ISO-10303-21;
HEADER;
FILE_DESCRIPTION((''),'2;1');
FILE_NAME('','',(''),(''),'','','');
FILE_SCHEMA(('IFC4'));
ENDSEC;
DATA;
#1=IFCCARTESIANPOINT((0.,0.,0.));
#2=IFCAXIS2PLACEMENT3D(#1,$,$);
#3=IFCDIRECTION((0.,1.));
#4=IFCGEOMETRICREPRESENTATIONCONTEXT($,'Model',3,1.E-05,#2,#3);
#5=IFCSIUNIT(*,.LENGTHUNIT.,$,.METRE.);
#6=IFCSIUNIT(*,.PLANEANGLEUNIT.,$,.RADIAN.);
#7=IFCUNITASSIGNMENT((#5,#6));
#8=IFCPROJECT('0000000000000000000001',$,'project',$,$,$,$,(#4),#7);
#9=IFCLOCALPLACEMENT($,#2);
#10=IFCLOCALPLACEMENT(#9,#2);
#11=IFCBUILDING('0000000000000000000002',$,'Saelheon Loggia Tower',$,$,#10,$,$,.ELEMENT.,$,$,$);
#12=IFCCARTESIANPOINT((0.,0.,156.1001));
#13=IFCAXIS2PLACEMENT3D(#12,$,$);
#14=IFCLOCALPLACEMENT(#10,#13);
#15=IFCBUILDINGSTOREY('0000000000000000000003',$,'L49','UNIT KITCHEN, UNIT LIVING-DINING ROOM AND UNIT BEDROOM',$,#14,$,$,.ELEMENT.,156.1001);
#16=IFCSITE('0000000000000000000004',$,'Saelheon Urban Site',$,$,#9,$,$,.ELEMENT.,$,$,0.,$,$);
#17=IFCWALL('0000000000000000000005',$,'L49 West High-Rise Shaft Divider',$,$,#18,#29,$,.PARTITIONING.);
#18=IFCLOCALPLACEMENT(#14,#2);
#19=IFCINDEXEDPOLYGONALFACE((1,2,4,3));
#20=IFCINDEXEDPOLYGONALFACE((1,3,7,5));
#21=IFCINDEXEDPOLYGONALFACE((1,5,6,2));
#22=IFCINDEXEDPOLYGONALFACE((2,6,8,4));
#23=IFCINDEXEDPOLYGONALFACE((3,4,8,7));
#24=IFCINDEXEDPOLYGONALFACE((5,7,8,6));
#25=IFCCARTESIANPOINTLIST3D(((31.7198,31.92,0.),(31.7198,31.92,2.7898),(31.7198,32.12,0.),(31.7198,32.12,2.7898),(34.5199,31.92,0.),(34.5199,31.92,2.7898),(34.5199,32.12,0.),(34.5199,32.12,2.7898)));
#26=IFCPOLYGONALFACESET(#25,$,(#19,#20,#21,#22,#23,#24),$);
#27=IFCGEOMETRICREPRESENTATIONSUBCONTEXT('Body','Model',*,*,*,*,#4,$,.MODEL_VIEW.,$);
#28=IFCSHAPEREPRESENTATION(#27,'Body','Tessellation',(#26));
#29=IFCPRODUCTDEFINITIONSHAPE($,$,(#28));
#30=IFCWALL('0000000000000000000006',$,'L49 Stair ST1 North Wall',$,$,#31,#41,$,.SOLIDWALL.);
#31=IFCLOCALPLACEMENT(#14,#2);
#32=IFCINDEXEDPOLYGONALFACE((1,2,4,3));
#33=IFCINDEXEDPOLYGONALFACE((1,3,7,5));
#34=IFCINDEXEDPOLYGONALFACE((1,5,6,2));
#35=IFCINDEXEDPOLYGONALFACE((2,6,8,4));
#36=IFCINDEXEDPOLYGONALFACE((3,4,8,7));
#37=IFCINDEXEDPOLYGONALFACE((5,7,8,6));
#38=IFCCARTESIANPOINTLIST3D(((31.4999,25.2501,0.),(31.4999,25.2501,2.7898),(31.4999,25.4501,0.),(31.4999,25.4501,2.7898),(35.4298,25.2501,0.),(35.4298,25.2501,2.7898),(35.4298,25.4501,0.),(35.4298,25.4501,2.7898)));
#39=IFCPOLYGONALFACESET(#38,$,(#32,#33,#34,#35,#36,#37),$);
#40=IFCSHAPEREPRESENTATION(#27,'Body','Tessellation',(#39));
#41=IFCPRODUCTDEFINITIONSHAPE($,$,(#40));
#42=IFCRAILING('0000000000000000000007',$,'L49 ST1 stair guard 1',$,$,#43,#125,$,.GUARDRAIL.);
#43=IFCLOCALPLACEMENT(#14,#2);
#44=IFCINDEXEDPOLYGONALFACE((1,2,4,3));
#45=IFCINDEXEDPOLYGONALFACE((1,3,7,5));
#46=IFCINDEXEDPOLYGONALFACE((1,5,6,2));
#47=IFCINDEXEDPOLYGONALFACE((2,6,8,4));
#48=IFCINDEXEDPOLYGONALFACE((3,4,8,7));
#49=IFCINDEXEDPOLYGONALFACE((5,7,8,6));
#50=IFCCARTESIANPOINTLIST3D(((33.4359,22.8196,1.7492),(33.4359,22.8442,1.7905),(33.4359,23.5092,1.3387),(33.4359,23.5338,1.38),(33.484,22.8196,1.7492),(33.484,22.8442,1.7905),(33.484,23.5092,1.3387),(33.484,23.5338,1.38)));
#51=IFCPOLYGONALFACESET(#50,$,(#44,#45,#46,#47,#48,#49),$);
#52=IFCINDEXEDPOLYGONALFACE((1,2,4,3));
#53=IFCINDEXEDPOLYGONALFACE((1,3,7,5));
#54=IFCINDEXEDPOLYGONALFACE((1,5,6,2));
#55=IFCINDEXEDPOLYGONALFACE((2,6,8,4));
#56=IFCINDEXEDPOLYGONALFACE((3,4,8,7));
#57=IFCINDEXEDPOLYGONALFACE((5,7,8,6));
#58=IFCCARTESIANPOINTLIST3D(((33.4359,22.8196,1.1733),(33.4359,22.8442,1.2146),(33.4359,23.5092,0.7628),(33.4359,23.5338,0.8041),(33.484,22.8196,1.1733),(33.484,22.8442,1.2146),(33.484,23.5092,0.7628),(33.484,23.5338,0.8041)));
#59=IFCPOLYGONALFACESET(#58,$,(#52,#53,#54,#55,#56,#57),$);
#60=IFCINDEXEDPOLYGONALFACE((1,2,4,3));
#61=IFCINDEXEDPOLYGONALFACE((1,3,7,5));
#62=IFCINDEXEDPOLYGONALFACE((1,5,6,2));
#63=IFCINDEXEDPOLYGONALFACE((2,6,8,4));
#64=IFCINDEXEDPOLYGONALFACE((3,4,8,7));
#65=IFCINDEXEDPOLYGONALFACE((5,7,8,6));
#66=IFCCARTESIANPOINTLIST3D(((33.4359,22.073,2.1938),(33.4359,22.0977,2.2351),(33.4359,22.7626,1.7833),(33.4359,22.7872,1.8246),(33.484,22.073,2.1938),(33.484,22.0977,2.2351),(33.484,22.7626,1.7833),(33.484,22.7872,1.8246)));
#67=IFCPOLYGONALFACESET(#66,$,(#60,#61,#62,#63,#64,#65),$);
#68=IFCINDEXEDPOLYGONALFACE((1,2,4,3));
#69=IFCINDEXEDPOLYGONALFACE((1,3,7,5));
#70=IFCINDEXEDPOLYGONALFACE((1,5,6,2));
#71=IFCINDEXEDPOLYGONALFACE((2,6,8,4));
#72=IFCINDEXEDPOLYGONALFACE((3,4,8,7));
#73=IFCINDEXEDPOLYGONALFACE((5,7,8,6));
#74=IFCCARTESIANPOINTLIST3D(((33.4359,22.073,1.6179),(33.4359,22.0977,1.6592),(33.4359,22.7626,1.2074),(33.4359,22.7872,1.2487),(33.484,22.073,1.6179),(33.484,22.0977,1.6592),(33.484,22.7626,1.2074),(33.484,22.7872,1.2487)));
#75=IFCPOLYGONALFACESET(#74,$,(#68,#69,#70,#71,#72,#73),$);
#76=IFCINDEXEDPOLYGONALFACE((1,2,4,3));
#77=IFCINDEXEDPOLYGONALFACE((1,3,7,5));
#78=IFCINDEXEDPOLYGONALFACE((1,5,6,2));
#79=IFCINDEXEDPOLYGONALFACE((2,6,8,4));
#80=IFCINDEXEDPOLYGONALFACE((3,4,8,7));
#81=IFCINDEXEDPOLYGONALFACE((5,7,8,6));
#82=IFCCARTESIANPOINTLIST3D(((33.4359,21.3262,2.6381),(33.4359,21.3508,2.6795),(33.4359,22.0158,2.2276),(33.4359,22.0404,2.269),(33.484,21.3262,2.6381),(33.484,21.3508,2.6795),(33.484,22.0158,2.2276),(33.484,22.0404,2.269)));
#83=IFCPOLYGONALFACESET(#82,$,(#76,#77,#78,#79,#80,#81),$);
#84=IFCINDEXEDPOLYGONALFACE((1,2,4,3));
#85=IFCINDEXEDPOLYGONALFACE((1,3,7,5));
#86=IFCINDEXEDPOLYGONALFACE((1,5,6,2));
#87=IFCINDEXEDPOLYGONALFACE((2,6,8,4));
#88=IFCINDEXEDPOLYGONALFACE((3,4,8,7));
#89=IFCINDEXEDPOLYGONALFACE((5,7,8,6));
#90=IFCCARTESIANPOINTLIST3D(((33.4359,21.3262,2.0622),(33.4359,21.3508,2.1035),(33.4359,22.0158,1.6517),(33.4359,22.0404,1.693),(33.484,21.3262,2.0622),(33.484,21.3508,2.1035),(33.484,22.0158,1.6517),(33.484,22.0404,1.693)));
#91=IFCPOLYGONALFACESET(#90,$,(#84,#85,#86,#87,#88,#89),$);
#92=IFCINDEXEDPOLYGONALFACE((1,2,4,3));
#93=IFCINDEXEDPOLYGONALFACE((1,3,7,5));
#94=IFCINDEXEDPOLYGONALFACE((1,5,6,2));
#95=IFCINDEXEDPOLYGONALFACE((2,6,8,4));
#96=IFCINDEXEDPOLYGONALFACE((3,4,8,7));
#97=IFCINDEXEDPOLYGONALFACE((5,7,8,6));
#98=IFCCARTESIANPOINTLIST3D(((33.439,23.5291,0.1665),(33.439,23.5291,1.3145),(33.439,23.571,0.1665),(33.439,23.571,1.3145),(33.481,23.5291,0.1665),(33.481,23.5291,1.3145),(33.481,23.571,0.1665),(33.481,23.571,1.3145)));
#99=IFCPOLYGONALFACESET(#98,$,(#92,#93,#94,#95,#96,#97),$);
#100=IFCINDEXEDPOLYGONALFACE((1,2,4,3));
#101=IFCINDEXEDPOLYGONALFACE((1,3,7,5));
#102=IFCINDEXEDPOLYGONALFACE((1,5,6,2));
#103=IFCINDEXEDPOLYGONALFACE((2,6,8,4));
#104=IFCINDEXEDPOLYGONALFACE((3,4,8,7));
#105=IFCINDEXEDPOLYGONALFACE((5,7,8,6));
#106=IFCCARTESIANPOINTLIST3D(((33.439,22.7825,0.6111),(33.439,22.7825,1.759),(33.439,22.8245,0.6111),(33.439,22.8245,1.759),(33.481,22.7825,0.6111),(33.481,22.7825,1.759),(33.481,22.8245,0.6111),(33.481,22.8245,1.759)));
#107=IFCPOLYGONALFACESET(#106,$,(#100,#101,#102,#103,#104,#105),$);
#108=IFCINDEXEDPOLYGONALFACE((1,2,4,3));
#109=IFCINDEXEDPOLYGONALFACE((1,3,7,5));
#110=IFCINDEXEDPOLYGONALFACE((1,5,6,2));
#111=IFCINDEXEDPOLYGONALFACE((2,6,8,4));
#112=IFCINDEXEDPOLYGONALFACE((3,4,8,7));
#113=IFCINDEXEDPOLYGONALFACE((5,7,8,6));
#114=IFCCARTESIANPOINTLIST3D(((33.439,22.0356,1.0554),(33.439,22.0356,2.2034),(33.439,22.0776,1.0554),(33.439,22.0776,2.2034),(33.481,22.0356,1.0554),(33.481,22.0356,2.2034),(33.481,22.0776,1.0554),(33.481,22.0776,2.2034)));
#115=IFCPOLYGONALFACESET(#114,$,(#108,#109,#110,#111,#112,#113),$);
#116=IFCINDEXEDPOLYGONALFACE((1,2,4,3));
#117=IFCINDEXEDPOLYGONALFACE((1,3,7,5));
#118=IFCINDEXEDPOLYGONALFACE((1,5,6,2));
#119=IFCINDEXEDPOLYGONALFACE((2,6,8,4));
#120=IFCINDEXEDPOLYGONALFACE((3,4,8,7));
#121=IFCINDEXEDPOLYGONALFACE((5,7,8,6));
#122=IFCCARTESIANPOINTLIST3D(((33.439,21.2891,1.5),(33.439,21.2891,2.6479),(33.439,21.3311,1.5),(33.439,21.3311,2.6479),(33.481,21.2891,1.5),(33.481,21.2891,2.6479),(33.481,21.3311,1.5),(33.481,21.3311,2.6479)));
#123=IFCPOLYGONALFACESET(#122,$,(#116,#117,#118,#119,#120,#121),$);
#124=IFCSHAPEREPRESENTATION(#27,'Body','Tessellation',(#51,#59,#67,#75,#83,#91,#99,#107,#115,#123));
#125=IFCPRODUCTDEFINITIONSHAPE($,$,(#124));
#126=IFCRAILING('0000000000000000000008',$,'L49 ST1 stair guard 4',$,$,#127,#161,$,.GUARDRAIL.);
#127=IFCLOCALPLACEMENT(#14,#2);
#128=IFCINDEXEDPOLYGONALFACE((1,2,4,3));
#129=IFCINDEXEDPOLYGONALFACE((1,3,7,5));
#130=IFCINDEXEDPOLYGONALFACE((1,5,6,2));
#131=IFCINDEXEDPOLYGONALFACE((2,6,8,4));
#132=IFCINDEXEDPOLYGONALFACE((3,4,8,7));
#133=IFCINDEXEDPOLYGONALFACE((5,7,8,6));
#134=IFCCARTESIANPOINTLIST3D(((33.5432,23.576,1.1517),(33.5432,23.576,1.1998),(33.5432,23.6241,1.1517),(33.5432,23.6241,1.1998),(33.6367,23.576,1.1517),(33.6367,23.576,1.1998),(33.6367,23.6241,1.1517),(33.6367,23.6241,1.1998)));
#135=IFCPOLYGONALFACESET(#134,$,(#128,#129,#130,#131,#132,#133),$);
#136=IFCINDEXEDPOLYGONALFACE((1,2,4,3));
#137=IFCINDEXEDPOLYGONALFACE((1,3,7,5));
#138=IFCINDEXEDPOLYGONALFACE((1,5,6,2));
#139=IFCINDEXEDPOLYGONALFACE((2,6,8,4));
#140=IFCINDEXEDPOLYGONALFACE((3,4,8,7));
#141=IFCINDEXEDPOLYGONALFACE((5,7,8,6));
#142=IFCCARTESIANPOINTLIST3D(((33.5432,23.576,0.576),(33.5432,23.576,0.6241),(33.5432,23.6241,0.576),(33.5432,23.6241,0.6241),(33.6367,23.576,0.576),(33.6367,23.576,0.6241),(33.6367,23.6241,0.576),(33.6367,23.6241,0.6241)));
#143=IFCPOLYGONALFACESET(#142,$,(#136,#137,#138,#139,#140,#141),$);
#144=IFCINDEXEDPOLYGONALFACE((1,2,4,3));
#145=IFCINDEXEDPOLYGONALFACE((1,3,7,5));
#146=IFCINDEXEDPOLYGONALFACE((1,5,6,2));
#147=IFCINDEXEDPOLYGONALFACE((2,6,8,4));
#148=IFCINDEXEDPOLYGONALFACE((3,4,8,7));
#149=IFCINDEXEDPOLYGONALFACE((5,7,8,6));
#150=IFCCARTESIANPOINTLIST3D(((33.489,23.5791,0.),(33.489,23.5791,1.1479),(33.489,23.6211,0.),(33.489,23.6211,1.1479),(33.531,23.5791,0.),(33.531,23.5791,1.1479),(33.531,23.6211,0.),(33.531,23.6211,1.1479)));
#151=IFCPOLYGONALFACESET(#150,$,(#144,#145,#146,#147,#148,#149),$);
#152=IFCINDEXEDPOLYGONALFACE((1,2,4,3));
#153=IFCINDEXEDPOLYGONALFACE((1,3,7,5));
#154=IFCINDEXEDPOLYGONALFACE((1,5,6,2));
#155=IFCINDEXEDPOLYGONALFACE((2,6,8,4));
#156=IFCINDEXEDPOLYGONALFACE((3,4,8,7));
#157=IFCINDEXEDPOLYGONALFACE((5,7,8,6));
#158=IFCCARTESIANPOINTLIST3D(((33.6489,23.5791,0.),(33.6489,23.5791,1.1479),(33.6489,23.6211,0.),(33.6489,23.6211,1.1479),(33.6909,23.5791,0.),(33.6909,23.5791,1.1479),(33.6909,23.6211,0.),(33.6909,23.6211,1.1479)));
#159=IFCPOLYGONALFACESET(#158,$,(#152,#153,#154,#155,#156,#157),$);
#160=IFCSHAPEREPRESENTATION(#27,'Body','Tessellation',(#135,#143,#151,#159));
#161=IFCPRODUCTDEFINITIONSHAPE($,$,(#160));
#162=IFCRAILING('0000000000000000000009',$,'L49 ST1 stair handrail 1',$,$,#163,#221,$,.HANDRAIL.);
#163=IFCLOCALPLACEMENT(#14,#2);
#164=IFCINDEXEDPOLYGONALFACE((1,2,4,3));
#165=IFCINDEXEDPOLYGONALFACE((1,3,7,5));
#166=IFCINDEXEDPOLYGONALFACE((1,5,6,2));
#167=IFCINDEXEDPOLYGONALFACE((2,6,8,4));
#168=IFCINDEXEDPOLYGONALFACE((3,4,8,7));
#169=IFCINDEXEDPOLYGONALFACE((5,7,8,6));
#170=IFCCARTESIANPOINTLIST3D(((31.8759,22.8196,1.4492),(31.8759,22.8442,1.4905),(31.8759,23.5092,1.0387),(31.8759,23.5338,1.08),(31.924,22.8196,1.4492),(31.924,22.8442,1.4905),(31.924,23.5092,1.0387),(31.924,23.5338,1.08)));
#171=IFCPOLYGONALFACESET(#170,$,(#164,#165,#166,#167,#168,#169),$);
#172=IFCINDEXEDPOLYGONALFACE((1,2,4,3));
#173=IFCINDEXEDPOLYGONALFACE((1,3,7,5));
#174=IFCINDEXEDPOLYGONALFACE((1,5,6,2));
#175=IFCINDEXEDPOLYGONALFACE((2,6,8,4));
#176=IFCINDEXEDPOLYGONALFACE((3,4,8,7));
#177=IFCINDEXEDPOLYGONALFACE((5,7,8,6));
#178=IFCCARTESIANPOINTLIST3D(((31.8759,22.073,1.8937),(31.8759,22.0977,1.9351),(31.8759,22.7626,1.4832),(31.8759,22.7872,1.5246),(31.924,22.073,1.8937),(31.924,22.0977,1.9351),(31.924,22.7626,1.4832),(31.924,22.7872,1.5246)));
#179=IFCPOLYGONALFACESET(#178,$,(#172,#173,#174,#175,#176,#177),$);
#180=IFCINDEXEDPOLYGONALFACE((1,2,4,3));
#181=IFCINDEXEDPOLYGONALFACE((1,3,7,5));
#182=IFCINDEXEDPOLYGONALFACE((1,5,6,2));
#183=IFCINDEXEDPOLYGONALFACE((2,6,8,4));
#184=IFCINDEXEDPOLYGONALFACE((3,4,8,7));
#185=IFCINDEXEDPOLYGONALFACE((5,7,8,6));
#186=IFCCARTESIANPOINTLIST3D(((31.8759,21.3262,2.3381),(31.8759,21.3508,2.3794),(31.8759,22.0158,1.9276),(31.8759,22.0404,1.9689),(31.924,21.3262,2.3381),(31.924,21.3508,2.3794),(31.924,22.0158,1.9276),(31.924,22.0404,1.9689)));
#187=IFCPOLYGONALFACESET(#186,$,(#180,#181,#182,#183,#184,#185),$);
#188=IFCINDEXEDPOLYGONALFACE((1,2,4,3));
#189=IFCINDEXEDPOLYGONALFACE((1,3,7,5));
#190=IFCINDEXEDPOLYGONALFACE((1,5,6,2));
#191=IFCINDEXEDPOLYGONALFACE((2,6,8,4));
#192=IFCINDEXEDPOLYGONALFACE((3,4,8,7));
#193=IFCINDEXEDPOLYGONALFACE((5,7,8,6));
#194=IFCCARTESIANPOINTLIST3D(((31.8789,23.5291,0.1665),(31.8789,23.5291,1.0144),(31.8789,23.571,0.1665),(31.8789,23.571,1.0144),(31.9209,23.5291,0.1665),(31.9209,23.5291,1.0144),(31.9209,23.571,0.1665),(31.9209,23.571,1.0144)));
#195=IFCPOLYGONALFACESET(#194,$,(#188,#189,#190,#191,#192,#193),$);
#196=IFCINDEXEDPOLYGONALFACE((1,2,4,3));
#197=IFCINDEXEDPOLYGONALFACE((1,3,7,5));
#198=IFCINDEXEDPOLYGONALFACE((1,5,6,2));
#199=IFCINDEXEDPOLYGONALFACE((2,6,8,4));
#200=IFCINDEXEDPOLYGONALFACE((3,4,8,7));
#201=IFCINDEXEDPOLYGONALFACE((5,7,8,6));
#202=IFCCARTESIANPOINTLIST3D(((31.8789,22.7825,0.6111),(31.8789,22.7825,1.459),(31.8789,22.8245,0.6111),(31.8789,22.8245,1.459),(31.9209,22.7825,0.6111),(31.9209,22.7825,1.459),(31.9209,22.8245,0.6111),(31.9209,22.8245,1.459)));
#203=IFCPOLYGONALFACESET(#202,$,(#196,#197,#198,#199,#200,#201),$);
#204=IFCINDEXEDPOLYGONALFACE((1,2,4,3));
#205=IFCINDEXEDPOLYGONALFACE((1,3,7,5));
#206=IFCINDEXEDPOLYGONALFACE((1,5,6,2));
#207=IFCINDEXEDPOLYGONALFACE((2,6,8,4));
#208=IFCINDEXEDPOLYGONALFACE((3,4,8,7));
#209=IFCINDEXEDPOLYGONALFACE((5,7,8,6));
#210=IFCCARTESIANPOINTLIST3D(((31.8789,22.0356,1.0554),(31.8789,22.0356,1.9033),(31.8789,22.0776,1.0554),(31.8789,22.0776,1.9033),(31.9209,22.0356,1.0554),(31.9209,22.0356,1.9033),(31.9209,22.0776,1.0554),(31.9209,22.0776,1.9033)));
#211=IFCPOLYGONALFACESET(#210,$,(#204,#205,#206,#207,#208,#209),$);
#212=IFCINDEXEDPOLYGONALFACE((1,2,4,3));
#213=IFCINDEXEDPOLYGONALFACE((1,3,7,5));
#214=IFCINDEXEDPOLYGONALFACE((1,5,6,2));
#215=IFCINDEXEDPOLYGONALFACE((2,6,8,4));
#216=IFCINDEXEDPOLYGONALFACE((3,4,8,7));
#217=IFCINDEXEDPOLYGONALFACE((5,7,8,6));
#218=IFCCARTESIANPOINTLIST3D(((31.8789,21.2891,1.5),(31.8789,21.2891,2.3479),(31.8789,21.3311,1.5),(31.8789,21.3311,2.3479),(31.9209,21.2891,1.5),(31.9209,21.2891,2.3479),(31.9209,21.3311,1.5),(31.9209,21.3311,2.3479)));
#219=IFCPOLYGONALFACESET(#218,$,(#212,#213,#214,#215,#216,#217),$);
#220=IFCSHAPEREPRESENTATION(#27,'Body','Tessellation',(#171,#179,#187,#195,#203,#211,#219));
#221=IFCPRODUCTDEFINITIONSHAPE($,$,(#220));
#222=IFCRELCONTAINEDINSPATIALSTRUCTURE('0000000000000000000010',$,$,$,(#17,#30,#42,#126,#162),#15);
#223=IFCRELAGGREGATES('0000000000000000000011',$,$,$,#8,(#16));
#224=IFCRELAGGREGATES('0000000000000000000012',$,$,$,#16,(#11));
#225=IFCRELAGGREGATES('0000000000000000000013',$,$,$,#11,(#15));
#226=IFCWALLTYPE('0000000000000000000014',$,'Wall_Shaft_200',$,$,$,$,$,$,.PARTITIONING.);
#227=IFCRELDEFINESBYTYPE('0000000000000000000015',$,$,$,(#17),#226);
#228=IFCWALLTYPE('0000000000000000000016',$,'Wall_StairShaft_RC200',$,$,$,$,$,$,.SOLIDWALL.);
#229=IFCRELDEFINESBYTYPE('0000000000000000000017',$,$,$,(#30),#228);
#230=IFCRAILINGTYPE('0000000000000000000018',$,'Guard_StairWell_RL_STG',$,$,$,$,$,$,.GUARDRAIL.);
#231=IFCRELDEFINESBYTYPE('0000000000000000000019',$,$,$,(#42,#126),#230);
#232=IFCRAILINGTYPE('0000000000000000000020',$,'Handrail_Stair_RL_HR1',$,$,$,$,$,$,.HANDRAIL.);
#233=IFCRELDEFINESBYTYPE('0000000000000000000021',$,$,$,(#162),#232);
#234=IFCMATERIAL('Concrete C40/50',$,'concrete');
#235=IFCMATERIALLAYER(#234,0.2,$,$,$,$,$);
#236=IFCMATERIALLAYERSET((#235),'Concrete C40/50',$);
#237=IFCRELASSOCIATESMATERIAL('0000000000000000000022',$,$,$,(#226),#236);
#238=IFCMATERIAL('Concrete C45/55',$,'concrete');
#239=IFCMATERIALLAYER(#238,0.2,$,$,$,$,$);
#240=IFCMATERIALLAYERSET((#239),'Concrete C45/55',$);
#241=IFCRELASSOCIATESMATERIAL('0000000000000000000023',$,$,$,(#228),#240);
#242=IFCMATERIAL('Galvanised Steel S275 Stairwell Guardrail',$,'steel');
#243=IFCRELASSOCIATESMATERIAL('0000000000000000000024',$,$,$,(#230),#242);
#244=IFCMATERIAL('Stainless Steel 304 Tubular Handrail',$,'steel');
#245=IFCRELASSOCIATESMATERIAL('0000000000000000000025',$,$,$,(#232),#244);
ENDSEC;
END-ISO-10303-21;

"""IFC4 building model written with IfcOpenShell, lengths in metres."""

from ifc_helpers import new_model, si_unit, direction, frame, frame_2d, origin, origin_2d, place, context, subcontext, project, spatial, rectangle, extrude, material, layer, layer_set, type_object, element, save


model = new_model("IFC4")

# Units and contexts
model_context = context("Model", 3, precision=1e-05, world=origin(), true_north=direction((0.0, 1.0)))
body_context = subcontext(model_context, "Body", "Model", "MODEL_VIEW")
ifc_project = project(units=[si_unit("LENGTHUNIT", "METRE"), si_unit("PLANEANGLEUNIT", "RADIAN")], contexts=[model_context])

# Site, building, storey
site_placement = place(None, origin())
site = spatial("IfcSite", under=ifc_project, at=site_placement, Name="Saelheon Urban Site", CompositionType="ELEMENT", RefElevation=0.0)
building_placement = place(site_placement, origin())
building = spatial("IfcBuilding", under=site, at=building_placement, Name="Saelheon Loggia Tower", CompositionType="ELEMENT")
storey_placement = place(building_placement, frame((0.0, 0.0, 156.1001)))
storey = spatial("IfcBuildingStorey", under=building, at=storey_placement, Name="L49", Description="UNIT KITCHEN, UNIT LIVING-DINING ROOM AND UNIT BEDROOM", CompositionType="ELEMENT", Elevation=156.1001)

# Shared definitions
ifc_material_1 = material(Name="Concrete C40/50", Category="concrete")
ifc_layer_1 = layer(ifc_material_1, 0.2)
ifc_layer_set_1 = layer_set([ifc_layer_1], Name="Concrete C40/50")
wall_type_1 = type_object("IfcWallType", Name="Wall_Shaft_200", PredefinedType="PARTITIONING", material=ifc_layer_set_1)

# Walls
wall_1_placement = place(storey_placement, frame((31.72, 32.02, 0.0), z_axis=(0.0, 0.0, 1.0), x_axis=(1.0, 0.0, 0.0)))
element("IfcWall", 1, at=wall_1_placement, inside=storey, type_object=wall_type_1, Name="L49 West High-Rise Shaft Divider", PredefinedType="PARTITIONING", context=body_context, shape_type="SweptSolid", body=[
    extrude(rectangle(XDim=2.8, YDim=0.2, at=frame_2d((1.3999, 0.0))), origin(), (0.0, 0.0, 1.0), 2.7898),
])
ifc_material_2 = material(Name="Concrete C45/55", Category="concrete")
ifc_layer_2 = layer(ifc_material_2, 0.2)
ifc_layer_set_2 = layer_set([ifc_layer_2], Name="Concrete C45/55")
wall_type_2 = type_object("IfcWallType", Name="Wall_StairShaft_RC200", PredefinedType="SOLIDWALL", material=ifc_layer_set_2)
wall_2_placement = place(storey_placement, frame((31.5, 25.3501, 0.0), z_axis=(0.0, 0.0, 1.0), x_axis=(1.0, 0.0, 0.0)))
element("IfcWall", 2, at=wall_2_placement, inside=storey, type_object=wall_type_2, Name="L49 Stair ST1 North Wall", PredefinedType="SOLIDWALL", context=body_context, shape_type="SweptSolid", body=[
    extrude(rectangle(XDim=3.9299, YDim=0.2, at=frame_2d((1.9648, 0.0))), origin(), (0.0, 0.0, 1.0), 2.7898),
])

# Railings
ifc_material_3 = material(Name="Galvanised Steel S275 Stairwell Guardrail", Category="steel")
railing_type_1 = type_object("IfcRailingType", Name="Guard_StairWell_RL_STG", PredefinedType="GUARDRAIL", material=ifc_material_3)
railing_1_placement = place(storey_placement, frame((33.46, 23.55, 0.1665)))
element("IfcRailing", 3, at=railing_1_placement, inside=storey, type_object=railing_type_1, Name="L49 ST1 stair guard 1", PredefinedType="GUARDRAIL", context=body_context, shape_type="SweptSolid", body=[
    extrude(rectangle(XDim=0.0481, YDim=0.0481, at=origin_2d()), frame((0.0, -0.0286, 1.1929), z_axis=(0.0, -0.859264, 0.511532), x_axis=(1.0, 0.0, 0.0)), (0.0, 0.0, 1.0), 0.8025),
    extrude(rectangle(XDim=0.0481, YDim=0.0481, at=origin_2d()), frame((0.0, -0.0286, 0.6169), z_axis=(0.0, -0.859264, 0.511532), x_axis=(1.0, 0.0, 0.0)), (0.0, 0.0, 1.0), 0.8025),
    extrude(rectangle(XDim=0.0481, YDim=0.0481, at=origin_2d()), frame((0.0, -0.7751, 1.6375), z_axis=(0.0, -0.859264, 0.511532), x_axis=(1.0, 0.0, 0.0)), (0.0, 0.0, 1.0), 0.8025),
    extrude(rectangle(XDim=0.0481, YDim=0.0481, at=origin_2d()), frame((0.0, -0.7751, 1.0615), z_axis=(0.0, -0.859264, 0.511532), x_axis=(1.0, 0.0, 0.0)), (0.0, 0.0, 1.0), 0.8025),
    extrude(rectangle(XDim=0.0481, YDim=0.0481, at=origin_2d()), frame((0.0, -1.522, 2.0818), z_axis=(0.0, -0.859264, 0.511532), x_axis=(1.0, 0.0, 0.0)), (0.0, 0.0, 1.0), 0.8025),
    extrude(rectangle(XDim=0.0481, YDim=0.0481, at=origin_2d()), frame((0.0, -1.522, 1.5059), z_axis=(0.0, -0.859264, 0.511532), x_axis=(1.0, 0.0, 0.0)), (0.0, 0.0, 1.0), 0.8025),
    extrude(rectangle(XDim=0.042, YDim=0.042, at=origin_2d()), origin(), (0.0, 0.0, 1.0), 1.1479),
    extrude(rectangle(XDim=0.042, YDim=0.042, at=origin_2d()), frame((0.0, -0.7466, 0.4446)), (0.0, 0.0, 1.0), 1.1479),
    extrude(rectangle(XDim=0.042, YDim=0.042, at=origin_2d()), frame((0.0, -1.4934, 0.8889)), (0.0, 0.0, 1.0), 1.1479),
    extrude(rectangle(XDim=0.042, YDim=0.042, at=origin_2d()), frame((0.0, -2.24, 1.3335)), (0.0, 0.0, 1.0), 1.1479),
])
railing_2_placement = place(storey_placement, frame((33.51, 23.6001, 0.0)))
element("IfcRailing", 4, at=railing_2_placement, inside=storey, type_object=railing_type_1, Name="L49 ST1 stair guard 4", PredefinedType="GUARDRAIL", context=body_context, shape_type="SweptSolid", body=[
    extrude(rectangle(XDim=0.0481, YDim=0.0481, at=origin_2d()), frame((0.0332, 0.0, 1.1758), z_axis=(1.0, 0.0, 0.0), x_axis=(0.0, 1.0, 0.0)), (0.0, 0.0, 1.0), 0.0935),
    extrude(rectangle(XDim=0.0481, YDim=0.0481, at=origin_2d()), frame((0.0332, 0.0, 0.6001), z_axis=(1.0, 0.0, 0.0), x_axis=(0.0, 1.0, 0.0)), (0.0, 0.0, 1.0), 0.0935),
    extrude(rectangle(XDim=0.042, YDim=0.042, at=origin_2d()), origin(), (0.0, 0.0, 1.0), 1.1479),
    extrude(rectangle(XDim=0.042, YDim=0.042, at=origin_2d()), frame((0.1599, 0.0, 0.0)), (0.0, 0.0, 1.0), 1.1479),
])
ifc_material_4 = material(Name="Stainless Steel 304 Tubular Handrail", Category="steel")
railing_type_2 = type_object("IfcRailingType", Name="Handrail_Stair_RL_HR1", PredefinedType="HANDRAIL", material=ifc_material_4)
railing_3_placement = place(storey_placement, frame((31.8999, 23.55, 0.1665)))
element("IfcRailing", 5, at=railing_3_placement, inside=storey, type_object=railing_type_2, Name="L49 ST1 stair handrail 1", PredefinedType="HANDRAIL", context=body_context, shape_type="SweptSolid", body=[
    extrude(rectangle(XDim=0.0481, YDim=0.0481, at=origin_2d()), frame((0.0, -0.0286, 0.8928), z_axis=(0.0, -0.859264, 0.511532), x_axis=(1.0, 0.0, 0.0)), (0.0, 0.0, 1.0), 0.8025),
    extrude(rectangle(XDim=0.0481, YDim=0.0481, at=origin_2d()), frame((0.0, -0.7751, 1.3374), z_axis=(0.0, -0.859264, 0.511532), x_axis=(1.0, 0.0, 0.0)), (0.0, 0.0, 1.0), 0.8025),
    extrude(rectangle(XDim=0.0481, YDim=0.0481, at=origin_2d()), frame((0.0, -1.522, 1.7817), z_axis=(0.0, -0.859264, 0.511532), x_axis=(1.0, 0.0, 0.0)), (0.0, 0.0, 1.0), 0.8025),
    extrude(rectangle(XDim=0.042, YDim=0.042, at=origin_2d()), origin(), (0.0, 0.0, 1.0), 0.8479),
    extrude(rectangle(XDim=0.042, YDim=0.042, at=origin_2d()), frame((0.0, -0.7466, 0.4446)), (0.0, 0.0, 1.0), 0.8479),
    extrude(rectangle(XDim=0.042, YDim=0.042, at=origin_2d()), frame((0.0, -1.4934, 0.8889)), (0.0, 0.0, 1.0), 0.8479),
    extrude(rectangle(XDim=0.042, YDim=0.042, at=origin_2d()), frame((0.0, -2.24, 1.3335)), (0.0, 0.0, 1.0), 0.8479),
])

save(model, "model.ifc")
